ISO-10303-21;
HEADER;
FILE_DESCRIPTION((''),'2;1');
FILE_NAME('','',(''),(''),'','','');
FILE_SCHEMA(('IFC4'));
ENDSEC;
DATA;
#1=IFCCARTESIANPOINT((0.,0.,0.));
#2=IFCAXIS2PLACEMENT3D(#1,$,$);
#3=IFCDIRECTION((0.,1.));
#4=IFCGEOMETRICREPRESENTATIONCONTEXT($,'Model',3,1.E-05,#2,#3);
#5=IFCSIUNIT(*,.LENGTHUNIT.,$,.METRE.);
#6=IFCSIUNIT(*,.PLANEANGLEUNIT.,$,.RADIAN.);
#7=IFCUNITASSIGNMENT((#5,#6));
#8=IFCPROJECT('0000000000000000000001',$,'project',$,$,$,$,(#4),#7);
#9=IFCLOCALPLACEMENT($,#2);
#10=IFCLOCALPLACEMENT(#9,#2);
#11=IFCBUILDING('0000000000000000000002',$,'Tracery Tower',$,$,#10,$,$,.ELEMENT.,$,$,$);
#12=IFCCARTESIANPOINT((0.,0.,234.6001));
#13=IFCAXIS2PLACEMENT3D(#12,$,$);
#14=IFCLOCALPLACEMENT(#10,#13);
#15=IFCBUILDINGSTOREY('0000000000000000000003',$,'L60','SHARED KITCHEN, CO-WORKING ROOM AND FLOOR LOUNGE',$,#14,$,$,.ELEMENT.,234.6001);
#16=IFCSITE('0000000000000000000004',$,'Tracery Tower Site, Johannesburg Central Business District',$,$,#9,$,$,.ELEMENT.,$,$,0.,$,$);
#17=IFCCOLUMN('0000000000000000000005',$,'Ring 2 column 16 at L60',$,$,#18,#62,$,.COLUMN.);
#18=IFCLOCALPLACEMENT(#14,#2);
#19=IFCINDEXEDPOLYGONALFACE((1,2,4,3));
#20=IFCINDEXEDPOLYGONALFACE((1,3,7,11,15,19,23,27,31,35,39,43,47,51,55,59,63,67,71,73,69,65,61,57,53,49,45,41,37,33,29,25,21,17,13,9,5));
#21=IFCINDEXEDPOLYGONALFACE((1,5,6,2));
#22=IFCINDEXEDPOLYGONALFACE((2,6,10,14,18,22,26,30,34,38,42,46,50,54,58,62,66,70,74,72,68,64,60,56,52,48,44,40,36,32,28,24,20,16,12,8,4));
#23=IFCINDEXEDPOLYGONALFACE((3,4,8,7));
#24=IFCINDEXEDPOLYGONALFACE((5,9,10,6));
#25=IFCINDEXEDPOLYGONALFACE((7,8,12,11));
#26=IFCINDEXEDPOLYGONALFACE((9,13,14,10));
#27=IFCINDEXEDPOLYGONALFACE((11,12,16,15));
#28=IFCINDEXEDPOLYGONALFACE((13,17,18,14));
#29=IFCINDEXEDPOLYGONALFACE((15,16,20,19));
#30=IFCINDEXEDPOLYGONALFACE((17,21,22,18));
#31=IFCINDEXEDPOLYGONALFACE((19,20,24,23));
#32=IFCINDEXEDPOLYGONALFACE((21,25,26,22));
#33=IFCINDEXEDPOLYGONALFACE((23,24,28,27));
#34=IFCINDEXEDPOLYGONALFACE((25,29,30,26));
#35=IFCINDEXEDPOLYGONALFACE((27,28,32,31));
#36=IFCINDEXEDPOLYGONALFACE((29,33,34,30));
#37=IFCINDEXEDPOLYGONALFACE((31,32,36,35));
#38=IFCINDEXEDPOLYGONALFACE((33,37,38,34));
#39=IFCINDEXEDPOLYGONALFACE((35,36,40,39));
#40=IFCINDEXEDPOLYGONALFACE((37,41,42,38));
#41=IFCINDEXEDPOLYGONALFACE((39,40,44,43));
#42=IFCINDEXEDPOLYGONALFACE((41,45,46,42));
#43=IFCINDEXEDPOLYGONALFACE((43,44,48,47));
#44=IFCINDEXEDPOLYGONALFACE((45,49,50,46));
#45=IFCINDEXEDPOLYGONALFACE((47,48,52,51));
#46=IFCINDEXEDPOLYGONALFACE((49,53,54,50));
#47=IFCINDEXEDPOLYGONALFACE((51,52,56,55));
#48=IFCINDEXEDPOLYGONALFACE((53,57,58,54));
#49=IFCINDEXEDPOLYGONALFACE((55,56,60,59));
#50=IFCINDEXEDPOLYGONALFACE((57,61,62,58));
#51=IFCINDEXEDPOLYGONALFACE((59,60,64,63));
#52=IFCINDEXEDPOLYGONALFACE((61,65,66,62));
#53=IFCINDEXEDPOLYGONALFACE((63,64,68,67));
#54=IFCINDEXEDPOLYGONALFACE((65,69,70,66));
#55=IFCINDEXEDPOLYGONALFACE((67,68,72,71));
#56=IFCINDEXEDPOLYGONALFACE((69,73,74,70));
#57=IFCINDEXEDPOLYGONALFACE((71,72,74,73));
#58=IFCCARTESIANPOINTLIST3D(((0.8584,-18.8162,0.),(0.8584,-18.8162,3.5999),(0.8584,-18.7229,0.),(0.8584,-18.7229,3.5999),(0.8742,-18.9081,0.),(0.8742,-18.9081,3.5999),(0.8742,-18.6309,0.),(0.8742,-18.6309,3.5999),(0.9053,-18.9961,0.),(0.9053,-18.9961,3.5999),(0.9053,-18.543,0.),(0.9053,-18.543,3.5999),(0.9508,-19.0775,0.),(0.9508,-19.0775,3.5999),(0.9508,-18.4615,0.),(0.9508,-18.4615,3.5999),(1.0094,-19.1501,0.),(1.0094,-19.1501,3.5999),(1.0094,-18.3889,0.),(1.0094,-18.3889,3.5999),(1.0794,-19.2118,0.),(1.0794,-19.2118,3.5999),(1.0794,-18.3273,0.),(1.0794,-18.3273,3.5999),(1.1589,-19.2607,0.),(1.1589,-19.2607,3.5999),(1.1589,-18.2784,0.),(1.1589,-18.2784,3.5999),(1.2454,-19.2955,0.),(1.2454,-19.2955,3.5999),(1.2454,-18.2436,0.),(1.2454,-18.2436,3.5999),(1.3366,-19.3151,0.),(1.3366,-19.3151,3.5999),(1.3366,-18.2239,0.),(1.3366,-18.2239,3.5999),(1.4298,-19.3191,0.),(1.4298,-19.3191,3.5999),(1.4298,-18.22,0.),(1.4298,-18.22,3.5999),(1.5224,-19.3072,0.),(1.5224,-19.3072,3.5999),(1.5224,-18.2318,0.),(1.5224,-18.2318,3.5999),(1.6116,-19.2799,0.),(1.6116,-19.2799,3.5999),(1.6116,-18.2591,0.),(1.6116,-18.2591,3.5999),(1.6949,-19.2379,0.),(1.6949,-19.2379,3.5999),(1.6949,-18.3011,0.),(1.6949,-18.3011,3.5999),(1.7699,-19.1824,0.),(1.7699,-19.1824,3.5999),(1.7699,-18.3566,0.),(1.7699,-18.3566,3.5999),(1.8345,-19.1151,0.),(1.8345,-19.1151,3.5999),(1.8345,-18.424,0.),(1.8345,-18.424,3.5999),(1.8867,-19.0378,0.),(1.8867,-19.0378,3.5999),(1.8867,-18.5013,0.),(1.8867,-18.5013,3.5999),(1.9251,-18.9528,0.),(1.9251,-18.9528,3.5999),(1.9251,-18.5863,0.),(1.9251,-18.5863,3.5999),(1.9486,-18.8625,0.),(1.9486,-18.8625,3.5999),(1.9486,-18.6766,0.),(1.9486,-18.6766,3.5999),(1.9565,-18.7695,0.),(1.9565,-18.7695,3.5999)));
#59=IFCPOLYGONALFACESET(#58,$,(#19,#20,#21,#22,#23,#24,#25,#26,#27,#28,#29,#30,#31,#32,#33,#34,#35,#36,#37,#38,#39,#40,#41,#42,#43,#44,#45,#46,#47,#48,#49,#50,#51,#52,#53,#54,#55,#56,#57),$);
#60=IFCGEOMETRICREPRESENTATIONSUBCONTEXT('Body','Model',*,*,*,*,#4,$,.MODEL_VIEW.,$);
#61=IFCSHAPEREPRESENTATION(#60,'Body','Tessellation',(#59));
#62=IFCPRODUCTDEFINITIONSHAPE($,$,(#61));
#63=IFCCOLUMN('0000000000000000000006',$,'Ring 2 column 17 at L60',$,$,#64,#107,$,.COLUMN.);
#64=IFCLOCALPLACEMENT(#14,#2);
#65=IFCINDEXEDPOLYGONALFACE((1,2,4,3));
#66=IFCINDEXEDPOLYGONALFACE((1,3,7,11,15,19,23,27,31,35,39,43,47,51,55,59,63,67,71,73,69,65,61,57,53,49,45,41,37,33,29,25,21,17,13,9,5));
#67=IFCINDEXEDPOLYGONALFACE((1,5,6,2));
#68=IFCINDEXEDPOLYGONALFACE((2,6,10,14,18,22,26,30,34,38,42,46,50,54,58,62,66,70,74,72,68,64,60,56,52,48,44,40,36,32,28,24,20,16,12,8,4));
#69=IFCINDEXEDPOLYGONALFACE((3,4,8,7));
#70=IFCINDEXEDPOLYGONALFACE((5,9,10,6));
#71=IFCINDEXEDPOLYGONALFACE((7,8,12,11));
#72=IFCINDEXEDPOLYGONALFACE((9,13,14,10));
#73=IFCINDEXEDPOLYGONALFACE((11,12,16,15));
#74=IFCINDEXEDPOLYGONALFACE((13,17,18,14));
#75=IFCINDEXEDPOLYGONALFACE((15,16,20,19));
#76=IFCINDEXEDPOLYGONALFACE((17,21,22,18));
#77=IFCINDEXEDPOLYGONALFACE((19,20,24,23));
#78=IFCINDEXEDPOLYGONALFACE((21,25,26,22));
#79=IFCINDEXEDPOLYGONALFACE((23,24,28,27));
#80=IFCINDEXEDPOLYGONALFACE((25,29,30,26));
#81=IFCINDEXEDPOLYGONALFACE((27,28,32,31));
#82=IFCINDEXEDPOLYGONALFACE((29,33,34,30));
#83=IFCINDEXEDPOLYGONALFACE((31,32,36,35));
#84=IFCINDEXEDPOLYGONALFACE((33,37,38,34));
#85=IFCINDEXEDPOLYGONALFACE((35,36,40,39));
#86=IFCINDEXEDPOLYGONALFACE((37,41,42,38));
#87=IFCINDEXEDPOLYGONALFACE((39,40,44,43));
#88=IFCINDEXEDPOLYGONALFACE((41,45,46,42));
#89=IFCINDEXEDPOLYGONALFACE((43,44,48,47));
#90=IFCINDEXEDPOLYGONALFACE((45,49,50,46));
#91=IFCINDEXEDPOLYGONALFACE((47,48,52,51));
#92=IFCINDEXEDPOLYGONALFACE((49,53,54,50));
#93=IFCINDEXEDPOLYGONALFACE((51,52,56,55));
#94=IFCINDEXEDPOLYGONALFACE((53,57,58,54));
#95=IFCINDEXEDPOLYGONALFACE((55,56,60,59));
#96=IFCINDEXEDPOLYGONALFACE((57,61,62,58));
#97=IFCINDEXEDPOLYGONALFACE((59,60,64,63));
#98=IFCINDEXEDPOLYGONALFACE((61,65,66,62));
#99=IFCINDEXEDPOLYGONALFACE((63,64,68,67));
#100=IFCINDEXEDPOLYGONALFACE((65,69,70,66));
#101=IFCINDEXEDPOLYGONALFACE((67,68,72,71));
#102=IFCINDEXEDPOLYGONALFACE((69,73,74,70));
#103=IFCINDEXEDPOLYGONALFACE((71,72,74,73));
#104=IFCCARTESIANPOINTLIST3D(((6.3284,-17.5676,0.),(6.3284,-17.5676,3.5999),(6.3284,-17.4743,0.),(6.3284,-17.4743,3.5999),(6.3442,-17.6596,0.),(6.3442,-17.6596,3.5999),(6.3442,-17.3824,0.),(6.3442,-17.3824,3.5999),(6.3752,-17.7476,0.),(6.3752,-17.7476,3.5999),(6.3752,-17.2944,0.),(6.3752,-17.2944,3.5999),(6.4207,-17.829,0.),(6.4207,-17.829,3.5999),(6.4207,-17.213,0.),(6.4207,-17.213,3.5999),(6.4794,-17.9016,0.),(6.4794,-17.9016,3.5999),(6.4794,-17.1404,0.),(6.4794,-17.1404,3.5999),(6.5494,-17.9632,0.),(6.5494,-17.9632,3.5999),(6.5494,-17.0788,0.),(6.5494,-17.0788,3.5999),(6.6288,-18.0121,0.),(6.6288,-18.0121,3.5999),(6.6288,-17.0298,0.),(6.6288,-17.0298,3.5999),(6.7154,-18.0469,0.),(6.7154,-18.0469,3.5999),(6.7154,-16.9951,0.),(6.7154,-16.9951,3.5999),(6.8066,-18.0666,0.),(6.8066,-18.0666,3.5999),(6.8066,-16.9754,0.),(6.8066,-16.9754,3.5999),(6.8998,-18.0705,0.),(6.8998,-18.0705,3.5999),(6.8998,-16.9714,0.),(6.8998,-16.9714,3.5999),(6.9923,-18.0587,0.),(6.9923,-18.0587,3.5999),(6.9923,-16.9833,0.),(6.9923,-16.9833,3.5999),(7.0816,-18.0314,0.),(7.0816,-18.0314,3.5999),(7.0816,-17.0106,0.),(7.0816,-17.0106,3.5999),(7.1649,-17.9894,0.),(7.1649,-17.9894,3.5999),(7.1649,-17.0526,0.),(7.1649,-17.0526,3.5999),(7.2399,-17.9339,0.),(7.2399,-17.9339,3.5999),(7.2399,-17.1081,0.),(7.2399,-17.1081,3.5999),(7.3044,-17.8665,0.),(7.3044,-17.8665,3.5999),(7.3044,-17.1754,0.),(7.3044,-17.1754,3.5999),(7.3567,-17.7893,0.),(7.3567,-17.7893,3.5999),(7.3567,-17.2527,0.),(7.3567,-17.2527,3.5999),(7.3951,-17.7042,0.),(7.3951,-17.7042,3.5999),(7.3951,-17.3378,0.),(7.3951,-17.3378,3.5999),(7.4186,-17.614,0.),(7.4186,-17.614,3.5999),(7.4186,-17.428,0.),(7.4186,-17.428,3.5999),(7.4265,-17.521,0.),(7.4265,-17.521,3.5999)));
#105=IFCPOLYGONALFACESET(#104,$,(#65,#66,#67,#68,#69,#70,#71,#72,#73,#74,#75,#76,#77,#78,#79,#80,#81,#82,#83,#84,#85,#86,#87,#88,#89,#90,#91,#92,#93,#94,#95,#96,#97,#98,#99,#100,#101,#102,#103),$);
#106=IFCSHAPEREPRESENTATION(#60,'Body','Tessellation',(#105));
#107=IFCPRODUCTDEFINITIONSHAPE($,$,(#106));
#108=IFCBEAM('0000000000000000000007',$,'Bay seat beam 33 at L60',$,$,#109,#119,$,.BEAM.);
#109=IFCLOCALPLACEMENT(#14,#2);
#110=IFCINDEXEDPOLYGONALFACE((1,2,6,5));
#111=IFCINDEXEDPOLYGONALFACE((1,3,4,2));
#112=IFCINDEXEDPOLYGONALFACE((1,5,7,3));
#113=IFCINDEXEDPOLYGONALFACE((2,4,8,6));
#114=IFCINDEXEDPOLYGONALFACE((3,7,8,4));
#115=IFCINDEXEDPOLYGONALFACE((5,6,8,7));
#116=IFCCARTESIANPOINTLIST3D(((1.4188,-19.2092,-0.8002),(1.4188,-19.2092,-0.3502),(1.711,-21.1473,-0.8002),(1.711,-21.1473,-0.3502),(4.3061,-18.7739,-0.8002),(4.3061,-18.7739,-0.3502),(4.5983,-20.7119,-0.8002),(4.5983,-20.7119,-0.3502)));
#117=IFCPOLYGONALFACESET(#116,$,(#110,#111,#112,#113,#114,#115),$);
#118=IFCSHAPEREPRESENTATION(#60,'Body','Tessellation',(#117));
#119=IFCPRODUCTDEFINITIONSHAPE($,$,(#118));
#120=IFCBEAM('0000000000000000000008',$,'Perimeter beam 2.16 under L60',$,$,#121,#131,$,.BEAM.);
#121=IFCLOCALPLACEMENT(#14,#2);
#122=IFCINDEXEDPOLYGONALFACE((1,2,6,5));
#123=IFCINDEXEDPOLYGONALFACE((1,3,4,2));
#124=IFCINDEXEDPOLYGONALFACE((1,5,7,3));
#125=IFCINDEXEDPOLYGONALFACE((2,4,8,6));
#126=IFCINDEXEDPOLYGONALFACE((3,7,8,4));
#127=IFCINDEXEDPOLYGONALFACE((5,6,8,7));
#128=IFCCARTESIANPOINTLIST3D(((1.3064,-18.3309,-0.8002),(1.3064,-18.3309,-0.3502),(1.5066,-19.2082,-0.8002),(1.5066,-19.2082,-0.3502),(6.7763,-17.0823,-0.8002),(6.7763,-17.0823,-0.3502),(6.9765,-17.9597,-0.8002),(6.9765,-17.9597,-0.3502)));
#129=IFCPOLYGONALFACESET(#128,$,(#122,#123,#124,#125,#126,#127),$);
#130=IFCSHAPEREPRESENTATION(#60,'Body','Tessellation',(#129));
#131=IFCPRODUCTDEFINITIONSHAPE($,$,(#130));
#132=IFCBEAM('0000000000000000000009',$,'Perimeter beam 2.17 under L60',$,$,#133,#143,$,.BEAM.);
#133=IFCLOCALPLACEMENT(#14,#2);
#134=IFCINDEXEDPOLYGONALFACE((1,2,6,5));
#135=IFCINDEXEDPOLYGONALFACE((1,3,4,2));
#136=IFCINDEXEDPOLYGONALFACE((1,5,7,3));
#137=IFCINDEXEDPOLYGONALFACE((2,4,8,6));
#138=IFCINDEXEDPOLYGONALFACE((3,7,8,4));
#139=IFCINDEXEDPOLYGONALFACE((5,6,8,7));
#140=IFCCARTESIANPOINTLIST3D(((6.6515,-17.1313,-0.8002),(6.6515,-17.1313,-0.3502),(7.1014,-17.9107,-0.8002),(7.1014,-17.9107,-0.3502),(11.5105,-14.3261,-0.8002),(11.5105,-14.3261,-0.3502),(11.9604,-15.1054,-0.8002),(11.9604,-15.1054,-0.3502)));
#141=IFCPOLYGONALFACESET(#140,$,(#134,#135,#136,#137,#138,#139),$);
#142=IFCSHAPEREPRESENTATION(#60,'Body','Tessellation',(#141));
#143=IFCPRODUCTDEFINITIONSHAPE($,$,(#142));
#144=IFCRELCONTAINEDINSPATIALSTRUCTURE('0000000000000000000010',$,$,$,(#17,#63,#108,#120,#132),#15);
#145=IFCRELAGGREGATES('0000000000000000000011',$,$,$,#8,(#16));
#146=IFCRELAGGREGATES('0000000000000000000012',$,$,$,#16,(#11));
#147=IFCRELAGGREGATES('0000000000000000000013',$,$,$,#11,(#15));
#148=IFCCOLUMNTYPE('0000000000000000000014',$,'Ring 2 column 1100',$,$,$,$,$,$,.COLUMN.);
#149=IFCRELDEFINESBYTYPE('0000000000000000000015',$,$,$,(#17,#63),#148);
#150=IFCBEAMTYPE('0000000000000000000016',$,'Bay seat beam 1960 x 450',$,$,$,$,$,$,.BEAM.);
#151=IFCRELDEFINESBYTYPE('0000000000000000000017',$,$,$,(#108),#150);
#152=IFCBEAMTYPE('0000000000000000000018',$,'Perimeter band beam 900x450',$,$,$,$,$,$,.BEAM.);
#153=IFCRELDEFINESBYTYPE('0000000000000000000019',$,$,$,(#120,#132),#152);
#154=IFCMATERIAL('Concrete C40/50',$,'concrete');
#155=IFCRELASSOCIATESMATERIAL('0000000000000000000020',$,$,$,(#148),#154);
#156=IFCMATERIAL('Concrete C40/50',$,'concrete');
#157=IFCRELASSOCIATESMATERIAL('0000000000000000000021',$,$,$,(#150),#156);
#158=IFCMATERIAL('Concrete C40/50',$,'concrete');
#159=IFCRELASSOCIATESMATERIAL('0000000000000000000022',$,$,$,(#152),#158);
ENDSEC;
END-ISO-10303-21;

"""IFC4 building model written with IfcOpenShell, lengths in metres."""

from ifc_helpers import new_model, si_unit, direction, frame, origin, origin_2d, place, context, subcontext, project, spatial, rectangle, circle, extrude, material, material_profile, profile_set, type_object, element, save


model = new_model("IFC4")

# Units and contexts
model_context = context("Model", 3, precision=1e-05, world=origin(), true_north=direction((0.0, 1.0)))
body_context = subcontext(model_context, "Body", "Model", "MODEL_VIEW")
ifc_project = project(units=[si_unit("LENGTHUNIT", "METRE"), si_unit("PLANEANGLEUNIT", "RADIAN")], contexts=[model_context])

# Site, building, storey
site_placement = place(None, origin())
site = spatial("IfcSite", under=ifc_project, at=site_placement, Name="Tracery Tower Site, Johannesburg Central Business District", CompositionType="ELEMENT", RefElevation=0.0)
building_placement = place(site_placement, origin())
building = spatial("IfcBuilding", under=site, at=building_placement, Name="Tracery Tower", CompositionType="ELEMENT")
storey_placement = place(building_placement, frame((0.0, 0.0, 234.6001)))
storey = spatial("IfcBuildingStorey", under=building, at=storey_placement, Name="L60", Description="SHARED KITCHEN, CO-WORKING ROOM AND FLOOR LOUNGE", CompositionType="ELEMENT", Elevation=234.6001)

# Columns
ifc_material_1 = material(Name="Concrete C40/50", Category="concrete")
ifc_material_profile_1 = material_profile(ifc_material_1, circle(Radius=0.55, at=origin_2d()), Name="RC D1100")
ifc_profile_set_1 = profile_set([ifc_material_profile_1], Name="Concrete C40/50")
column_type = type_object("IfcColumnType", Name="Ring 2 column 1100", PredefinedType="COLUMN", material=ifc_profile_set_1)
for number, where, z_axis, x_axis, name in (
    (1, (1.4065, -18.7695, 0.0), (0.0, 0.0, 1.0), (1.0, 0.0, 0.0), "Ring 2 column 16 at L60"),
    (2, (6.8765, -17.521, 0.0), (0.0, 0.0, 1.0), (1.0, 0.0, 0.0), "Ring 2 column 17 at L60"),
):
    element("IfcColumn", number, at=place(storey_placement, frame(where, z_axis=z_axis, x_axis=x_axis)), inside=storey, type_object=column_type, Name=name, PredefinedType="COLUMN", context=body_context, shape_type="SweptSolid", body=[
        extrude(circle(Radius=0.55, at=origin_2d()), origin(), (0.0, 0.0, 1.0), 3.5999),
    ])

# Beams
ifc_material_2 = material(Name="Concrete C40/50", Category="concrete")
ifc_material_profile_2 = material_profile(ifc_material_2, rectangle(XDim=1.96, YDim=0.45, at=origin_2d()), Name="RC 1960x450")
ifc_profile_set_2 = profile_set([ifc_material_profile_2], Name="Concrete C40/50")
beam_type_1 = type_object("IfcBeamType", Name="Bay seat beam 1960 x 450", PredefinedType="BEAM", material=ifc_profile_set_2)
beam_placement = place(storey_placement, frame((1.5649, -20.1782, -0.5752), z_axis=(0.988824, 0.149085, 0.0), x_axis=(-0.149085, 0.988824, 0.0)))
element("IfcBeam", 3, at=beam_placement, inside=storey, type_object=beam_type_1, Name="Bay seat beam 33 at L60", PredefinedType="BEAM", context=body_context, shape_type="SweptSolid", body=[
    extrude(rectangle(XDim=1.96, YDim=0.45, at=origin_2d()), origin(), (0.0, 0.0, 1.0), 2.9199),
])
ifc_material_3 = material(Name="Concrete C40/50", Category="concrete")
ifc_material_profile_3 = material_profile(ifc_material_3, rectangle(XDim=0.8999, YDim=0.45, at=origin_2d()), Name="RC 900x450")
ifc_profile_set_3 = profile_set([ifc_material_profile_3], Name="Concrete C40/50")
beam_type_2 = type_object("IfcBeamType", Name="Perimeter band beam 900x450", PredefinedType="BEAM", material=ifc_profile_set_3)
for number, where, z_axis, x_axis, name in (
    (4, (1.4065, -18.7695, -0.5752), (0.974926, 0.222529, 0.0), (-0.222529, 0.974926, 0.0), "Perimeter beam 2.16 under L60"),
    (5, (6.8765, -17.521, -0.5752), (0.866033, 0.499986, 0.0), (-0.499986, 0.866033, 0.0), "Perimeter beam 2.17 under L60"),
):
    element("IfcBeam", number, at=place(storey_placement, frame(where, z_axis=z_axis, x_axis=x_axis)), inside=storey, type_object=beam_type_2, Name=name, PredefinedType="BEAM", context=body_context, shape_type="SweptSolid", body=[
        extrude(rectangle(XDim=0.8999, YDim=0.45, at=origin_2d()), origin(), (0.0, 0.0, 1.0), 5.6106),
    ])

save(model, "model.ifc")
